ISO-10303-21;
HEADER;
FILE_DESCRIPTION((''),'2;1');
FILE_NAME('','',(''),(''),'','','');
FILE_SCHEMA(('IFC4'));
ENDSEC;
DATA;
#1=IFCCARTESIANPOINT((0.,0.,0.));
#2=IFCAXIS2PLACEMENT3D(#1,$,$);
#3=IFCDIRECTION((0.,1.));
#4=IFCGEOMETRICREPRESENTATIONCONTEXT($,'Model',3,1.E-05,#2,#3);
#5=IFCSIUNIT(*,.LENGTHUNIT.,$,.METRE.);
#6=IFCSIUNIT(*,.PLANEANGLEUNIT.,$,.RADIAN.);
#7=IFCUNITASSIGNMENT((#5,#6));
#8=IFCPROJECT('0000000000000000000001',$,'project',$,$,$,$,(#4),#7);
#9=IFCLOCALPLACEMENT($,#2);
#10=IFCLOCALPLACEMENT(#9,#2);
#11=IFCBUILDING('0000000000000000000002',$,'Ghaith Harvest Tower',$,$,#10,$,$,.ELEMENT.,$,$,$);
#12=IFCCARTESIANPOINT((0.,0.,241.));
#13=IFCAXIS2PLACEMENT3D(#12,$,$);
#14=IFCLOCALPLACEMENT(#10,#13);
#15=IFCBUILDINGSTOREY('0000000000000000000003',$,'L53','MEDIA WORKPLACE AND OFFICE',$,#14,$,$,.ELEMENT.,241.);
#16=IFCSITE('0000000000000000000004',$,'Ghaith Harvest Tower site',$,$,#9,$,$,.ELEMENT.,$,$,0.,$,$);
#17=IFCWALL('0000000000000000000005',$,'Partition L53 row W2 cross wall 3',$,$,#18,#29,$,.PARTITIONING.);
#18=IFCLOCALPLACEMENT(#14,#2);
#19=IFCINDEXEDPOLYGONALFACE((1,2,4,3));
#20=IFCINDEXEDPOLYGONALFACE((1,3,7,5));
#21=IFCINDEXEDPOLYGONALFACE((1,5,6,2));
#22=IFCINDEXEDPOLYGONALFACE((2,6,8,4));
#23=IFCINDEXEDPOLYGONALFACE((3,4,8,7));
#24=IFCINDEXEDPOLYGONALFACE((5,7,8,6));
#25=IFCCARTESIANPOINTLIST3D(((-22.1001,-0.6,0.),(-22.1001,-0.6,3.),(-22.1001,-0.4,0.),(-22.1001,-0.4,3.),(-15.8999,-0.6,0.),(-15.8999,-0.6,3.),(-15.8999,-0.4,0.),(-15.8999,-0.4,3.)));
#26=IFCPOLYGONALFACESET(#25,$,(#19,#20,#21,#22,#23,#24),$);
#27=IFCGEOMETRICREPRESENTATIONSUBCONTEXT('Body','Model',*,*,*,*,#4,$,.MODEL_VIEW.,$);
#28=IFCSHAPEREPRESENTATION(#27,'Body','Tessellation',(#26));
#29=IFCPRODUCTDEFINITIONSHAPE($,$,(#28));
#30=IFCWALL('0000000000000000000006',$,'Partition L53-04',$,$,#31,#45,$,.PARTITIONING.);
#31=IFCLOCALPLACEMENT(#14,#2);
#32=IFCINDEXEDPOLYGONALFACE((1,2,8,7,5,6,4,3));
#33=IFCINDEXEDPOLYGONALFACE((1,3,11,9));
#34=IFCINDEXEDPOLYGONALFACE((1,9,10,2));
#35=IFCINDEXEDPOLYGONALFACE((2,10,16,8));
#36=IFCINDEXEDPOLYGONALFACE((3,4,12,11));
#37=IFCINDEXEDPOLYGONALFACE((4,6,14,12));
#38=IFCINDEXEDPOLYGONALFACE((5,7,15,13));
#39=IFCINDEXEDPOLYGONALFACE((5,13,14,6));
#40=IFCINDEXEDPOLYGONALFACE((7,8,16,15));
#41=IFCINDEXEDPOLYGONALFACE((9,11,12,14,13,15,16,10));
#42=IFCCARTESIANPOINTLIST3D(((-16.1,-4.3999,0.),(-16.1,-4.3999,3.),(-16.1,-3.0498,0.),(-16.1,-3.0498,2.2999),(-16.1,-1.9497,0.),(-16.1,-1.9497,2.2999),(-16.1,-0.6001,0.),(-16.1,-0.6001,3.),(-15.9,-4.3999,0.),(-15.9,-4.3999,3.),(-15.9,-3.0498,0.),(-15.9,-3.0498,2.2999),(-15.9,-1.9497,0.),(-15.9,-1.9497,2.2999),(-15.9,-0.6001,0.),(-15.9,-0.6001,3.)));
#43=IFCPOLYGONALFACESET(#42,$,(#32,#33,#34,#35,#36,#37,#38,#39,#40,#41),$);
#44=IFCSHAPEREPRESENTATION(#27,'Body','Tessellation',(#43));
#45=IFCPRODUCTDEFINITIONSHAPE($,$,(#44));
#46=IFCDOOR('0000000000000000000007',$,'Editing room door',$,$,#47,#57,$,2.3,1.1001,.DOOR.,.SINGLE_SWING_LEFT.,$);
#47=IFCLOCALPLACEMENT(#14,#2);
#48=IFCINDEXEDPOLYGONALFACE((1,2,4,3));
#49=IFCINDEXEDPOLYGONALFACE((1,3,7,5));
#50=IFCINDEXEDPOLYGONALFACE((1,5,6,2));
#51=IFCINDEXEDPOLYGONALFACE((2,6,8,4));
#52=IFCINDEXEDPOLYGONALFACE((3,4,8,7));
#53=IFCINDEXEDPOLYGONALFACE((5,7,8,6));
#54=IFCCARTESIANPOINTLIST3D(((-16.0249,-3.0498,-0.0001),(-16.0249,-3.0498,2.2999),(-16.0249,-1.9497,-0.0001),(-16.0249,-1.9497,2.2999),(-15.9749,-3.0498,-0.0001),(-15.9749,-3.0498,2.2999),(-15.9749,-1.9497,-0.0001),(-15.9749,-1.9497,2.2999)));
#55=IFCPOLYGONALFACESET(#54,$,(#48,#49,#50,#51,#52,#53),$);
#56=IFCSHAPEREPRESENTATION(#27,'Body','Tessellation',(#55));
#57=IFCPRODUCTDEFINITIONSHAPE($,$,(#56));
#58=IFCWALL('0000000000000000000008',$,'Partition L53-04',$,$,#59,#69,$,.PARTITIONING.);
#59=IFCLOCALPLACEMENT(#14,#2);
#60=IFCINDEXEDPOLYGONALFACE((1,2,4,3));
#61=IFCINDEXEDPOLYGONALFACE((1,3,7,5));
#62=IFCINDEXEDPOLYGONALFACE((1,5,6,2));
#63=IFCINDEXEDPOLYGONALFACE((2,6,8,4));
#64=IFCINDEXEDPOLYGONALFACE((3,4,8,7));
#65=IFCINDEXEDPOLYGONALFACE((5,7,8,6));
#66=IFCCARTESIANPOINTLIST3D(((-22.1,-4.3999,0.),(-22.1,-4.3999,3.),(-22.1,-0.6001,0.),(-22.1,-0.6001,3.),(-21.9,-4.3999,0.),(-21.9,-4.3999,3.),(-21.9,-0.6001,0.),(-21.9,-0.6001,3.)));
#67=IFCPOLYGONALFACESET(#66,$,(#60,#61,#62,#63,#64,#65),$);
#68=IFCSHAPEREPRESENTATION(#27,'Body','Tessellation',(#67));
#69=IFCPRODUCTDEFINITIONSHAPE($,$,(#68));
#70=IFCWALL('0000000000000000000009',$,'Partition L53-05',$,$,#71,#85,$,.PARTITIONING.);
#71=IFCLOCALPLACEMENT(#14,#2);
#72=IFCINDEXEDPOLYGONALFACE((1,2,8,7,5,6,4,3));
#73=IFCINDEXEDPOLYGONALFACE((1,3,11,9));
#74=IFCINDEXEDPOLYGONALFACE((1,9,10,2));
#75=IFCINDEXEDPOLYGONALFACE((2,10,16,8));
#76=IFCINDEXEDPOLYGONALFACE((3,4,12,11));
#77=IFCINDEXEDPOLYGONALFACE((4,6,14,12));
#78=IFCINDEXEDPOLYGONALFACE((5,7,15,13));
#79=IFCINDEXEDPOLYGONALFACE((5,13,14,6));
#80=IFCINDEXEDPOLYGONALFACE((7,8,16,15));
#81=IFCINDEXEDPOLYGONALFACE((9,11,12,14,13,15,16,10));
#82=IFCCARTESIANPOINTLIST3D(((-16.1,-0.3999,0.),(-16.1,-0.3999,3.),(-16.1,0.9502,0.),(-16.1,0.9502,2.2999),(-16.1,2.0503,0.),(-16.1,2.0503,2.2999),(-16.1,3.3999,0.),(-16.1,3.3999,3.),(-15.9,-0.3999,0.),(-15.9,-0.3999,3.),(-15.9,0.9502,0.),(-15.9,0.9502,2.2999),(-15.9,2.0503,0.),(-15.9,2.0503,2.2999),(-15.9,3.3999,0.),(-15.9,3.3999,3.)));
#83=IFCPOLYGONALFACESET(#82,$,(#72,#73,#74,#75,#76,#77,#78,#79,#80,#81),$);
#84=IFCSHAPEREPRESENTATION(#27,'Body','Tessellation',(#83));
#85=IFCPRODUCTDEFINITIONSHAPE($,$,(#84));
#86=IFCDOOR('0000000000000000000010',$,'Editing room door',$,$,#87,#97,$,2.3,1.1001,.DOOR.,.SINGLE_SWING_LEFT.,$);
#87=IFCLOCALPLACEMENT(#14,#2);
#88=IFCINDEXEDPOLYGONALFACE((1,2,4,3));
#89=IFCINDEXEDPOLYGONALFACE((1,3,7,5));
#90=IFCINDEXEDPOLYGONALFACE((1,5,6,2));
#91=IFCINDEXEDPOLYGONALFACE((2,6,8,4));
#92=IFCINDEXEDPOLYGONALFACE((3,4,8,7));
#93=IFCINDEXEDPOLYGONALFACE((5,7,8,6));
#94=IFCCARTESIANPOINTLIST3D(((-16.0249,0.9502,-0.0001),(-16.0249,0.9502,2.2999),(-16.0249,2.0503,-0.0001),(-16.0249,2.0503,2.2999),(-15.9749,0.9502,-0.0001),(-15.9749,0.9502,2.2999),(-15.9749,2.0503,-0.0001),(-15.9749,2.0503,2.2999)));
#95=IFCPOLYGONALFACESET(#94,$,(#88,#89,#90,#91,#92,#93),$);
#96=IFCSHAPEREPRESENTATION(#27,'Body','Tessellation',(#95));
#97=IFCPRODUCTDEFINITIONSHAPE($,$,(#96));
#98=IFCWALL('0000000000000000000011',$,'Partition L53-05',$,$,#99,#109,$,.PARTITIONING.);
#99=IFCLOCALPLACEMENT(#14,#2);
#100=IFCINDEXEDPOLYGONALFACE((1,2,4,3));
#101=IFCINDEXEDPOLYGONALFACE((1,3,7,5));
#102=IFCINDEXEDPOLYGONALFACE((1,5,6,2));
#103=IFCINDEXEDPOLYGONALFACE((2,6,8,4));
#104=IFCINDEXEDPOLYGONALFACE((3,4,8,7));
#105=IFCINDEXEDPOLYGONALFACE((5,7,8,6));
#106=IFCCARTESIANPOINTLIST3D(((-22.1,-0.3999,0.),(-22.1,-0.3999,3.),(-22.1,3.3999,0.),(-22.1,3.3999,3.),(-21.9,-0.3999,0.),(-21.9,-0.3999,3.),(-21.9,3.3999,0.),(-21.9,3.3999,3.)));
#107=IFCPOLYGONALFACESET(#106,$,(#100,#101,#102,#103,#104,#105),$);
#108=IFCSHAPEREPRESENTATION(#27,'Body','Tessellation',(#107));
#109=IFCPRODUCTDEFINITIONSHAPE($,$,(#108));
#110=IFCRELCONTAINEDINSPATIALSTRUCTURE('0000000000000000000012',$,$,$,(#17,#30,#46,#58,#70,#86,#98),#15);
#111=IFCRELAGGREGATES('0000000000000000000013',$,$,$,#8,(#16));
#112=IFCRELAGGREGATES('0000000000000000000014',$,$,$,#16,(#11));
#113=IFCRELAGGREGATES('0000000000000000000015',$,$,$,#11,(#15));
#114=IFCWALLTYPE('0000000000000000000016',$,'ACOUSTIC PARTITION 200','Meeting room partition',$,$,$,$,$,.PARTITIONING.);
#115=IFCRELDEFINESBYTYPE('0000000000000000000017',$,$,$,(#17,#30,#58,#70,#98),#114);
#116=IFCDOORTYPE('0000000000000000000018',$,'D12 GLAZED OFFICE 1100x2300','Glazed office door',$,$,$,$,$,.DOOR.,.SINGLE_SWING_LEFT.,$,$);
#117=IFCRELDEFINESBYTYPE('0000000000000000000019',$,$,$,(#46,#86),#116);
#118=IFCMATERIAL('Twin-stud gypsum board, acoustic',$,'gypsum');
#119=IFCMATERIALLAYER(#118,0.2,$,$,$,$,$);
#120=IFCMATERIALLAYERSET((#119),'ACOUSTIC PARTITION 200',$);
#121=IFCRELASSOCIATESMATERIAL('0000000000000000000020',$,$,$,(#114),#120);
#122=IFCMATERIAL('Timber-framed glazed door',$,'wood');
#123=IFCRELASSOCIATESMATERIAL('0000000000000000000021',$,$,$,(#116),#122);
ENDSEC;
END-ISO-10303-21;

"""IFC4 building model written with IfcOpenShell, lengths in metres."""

from ifc_helpers import new_model, si_unit, direction, frame, frame_2d, origin, place, context, subcontext, project, spatial, rectangle, extrude, material, layer, layer_set, type_object, element, fill, save


model = new_model("IFC4")

# Units and contexts
model_context = context("Model", 3, precision=1e-05, world=origin(), true_north=direction((0.0, 1.0)))
body_context = subcontext(model_context, "Body", "Model", "MODEL_VIEW")
ifc_project = project(units=[si_unit("LENGTHUNIT", "METRE"), si_unit("PLANEANGLEUNIT", "RADIAN")], contexts=[model_context])

# Site, building, storey
site_placement = place(None, origin())
site = spatial("IfcSite", under=ifc_project, at=site_placement, Name="Ghaith Harvest Tower site", CompositionType="ELEMENT", RefElevation=0.0)
building_placement = place(site_placement, origin())
building = spatial("IfcBuilding", under=site, at=building_placement, Name="Ghaith Harvest Tower", CompositionType="ELEMENT")
storey_placement = place(building_placement, frame((0.0, 0.0, 241.0)))
storey = spatial("IfcBuildingStorey", under=building, at=storey_placement, Name="L53", Description="MEDIA WORKPLACE AND OFFICE", CompositionType="ELEMENT", Elevation=241.0)

# Wall
ifc_material_1 = material(Name="Twin-stud gypsum board, acoustic", Category="gypsum")
ifc_layer_1 = layer(ifc_material_1, 0.2)
ifc_layer_set_1 = layer_set([ifc_layer_1], Name="ACOUSTIC PARTITION 200")
wall_type = type_object("IfcWallType", Name="ACOUSTIC PARTITION 200", Description="Meeting room partition", PredefinedType="PARTITIONING", material=ifc_layer_set_1)
for number, where, z_axis, x_axis, name in (
    (1, (-15.8999, -0.5, 0.0), (0.0, 0.0, 1.0), (-1.0, 0.0, 0.0), "Partition L53 row W2 cross wall 3"),
):
    element("IfcWall", number, at=place(storey_placement, frame(where, z_axis=z_axis, x_axis=x_axis)), inside=storey, type_object=wall_type, Name=name, PredefinedType="PARTITIONING", context=body_context, shape_type="SweptSolid", body=[
        extrude(rectangle(XDim=6.2002, YDim=0.2, at=frame_2d((3.1001, 0.0))), origin(), (0.0, 0.0, 1.0), 3.0),
    ])

# Wall, opening, door
wall_1_placement = place(storey_placement, frame((-16.0, -4.3999, 0.0), z_axis=(0.0, 0.0, 1.0), x_axis=(0.0, 1.0, 0.0)))
wall_1 = element("IfcWall", 2, at=wall_1_placement, inside=storey, type_object=wall_type, Name="Partition L53-04", PredefinedType="PARTITIONING", context=body_context, shape_type="SweptSolid", body=[
    extrude(rectangle(XDim=3.7998, YDim=0.2, at=frame_2d((1.8999, 0.0))), origin(), (0.0, 0.0, 1.0), 3.0),
])
opening_1_placement = place(wall_1_placement, frame((1.3501, 0.0, 0.0)))
opening_1 = element("IfcOpeningElement", 3, at=opening_1_placement, cuts=wall_1, PredefinedType="OPENING", context=body_context, shape_type="SweptSolid", body=[
    extrude(rectangle(XDim=1.1001, YDim=2.3, at=frame_2d((0.55, 1.1499))), frame((0.0, 0.1099, 0.0), z_axis=(0.0, -1.0, 0.0), x_axis=(1.0, 0.0, 0.0)), (0.0, 0.0, 1.0), 0.22),
])
ifc_material_2 = material(Name="Timber-framed glazed door", Category="wood")
door_type = type_object("IfcDoorType", Name="D12 GLAZED OFFICE 1100x2300", Description="Glazed office door", OperationType="SINGLE_SWING_LEFT", PredefinedType="DOOR", material=ifc_material_2)
door_1_placement = place(opening_1_placement, origin())
door_1 = element("IfcDoor", 4, at=door_1_placement, inside=storey, type_object=door_type, Name="Editing room door", OperationType="SINGLE_SWING_LEFT", OverallHeight=2.3, OverallWidth=1.1001, PredefinedType="DOOR", context=body_context, shape_type="SweptSolid", body=[
    extrude(rectangle(XDim=1.1001, YDim=2.3, at=frame_2d((0.55, 1.1499))), frame((0.0, 0.0249, 0.0), z_axis=(0.0, -1.0, 0.0), x_axis=(1.0, 0.0, 0.0)), (0.0, 0.0, 1.0), 0.05),
])
fill(opening_1, door_1)

# Wall
wall_2_placement = place(storey_placement, frame((-22.0, -4.3999, 0.0), z_axis=(0.0, 0.0, 1.0), x_axis=(0.0, 1.0, 0.0)))
element("IfcWall", 5, at=wall_2_placement, inside=storey, type_object=wall_type, Name="Partition L53-04", PredefinedType="PARTITIONING", context=body_context, shape_type="SweptSolid", body=[
    extrude(rectangle(XDim=3.7998, YDim=0.2, at=frame_2d((1.8999, 0.0))), origin(), (0.0, 0.0, 1.0), 3.0),
])

# Wall, opening, door
wall_3_placement = place(storey_placement, frame((-16.0, -0.3999, 0.0), z_axis=(0.0, 0.0, 1.0), x_axis=(0.0, 1.0, 0.0)))
wall_3 = element("IfcWall", 6, at=wall_3_placement, inside=storey, type_object=wall_type, Name="Partition L53-05", PredefinedType="PARTITIONING", context=body_context, shape_type="SweptSolid", body=[
    extrude(rectangle(XDim=3.7998, YDim=0.2, at=frame_2d((1.8999, 0.0))), origin(), (0.0, 0.0, 1.0), 3.0),
])
opening_2_placement = place(wall_3_placement, frame((1.3501, 0.0, 0.0)))
opening_2 = element("IfcOpeningElement", 7, at=opening_2_placement, cuts=wall_3, PredefinedType="OPENING", context=body_context, shape_type="SweptSolid", body=[
    extrude(rectangle(XDim=1.1001, YDim=2.3, at=frame_2d((0.55, 1.1499))), frame((0.0, 0.1099, 0.0), z_axis=(0.0, -1.0, 0.0), x_axis=(1.0, 0.0, 0.0)), (0.0, 0.0, 1.0), 0.22),
])
door_2_placement = place(opening_2_placement, origin())
door_2 = element("IfcDoor", 8, at=door_2_placement, inside=storey, type_object=door_type, Name="Editing room door", OperationType="SINGLE_SWING_LEFT", OverallHeight=2.3, OverallWidth=1.1001, PredefinedType="DOOR", context=body_context, shape_type="SweptSolid", body=[
    extrude(rectangle(XDim=1.1001, YDim=2.3, at=frame_2d((0.55, 1.1499))), frame((0.0, 0.0249, 0.0), z_axis=(0.0, -1.0, 0.0), x_axis=(1.0, 0.0, 0.0)), (0.0, 0.0, 1.0), 0.05),
])
fill(opening_2, door_2)

# Wall
wall_4_placement = place(storey_placement, frame((-22.0, -0.3999, 0.0), z_axis=(0.0, 0.0, 1.0), x_axis=(0.0, 1.0, 0.0)))
element("IfcWall", 9, at=wall_4_placement, inside=storey, type_object=wall_type, Name="Partition L53-05", PredefinedType="PARTITIONING", context=body_context, shape_type="SweptSolid", body=[
    extrude(rectangle(XDim=3.7998, YDim=0.2, at=frame_2d((1.8999, 0.0))), origin(), (0.0, 0.0, 1.0), 3.0),
])

save(model, "model.ifc")
